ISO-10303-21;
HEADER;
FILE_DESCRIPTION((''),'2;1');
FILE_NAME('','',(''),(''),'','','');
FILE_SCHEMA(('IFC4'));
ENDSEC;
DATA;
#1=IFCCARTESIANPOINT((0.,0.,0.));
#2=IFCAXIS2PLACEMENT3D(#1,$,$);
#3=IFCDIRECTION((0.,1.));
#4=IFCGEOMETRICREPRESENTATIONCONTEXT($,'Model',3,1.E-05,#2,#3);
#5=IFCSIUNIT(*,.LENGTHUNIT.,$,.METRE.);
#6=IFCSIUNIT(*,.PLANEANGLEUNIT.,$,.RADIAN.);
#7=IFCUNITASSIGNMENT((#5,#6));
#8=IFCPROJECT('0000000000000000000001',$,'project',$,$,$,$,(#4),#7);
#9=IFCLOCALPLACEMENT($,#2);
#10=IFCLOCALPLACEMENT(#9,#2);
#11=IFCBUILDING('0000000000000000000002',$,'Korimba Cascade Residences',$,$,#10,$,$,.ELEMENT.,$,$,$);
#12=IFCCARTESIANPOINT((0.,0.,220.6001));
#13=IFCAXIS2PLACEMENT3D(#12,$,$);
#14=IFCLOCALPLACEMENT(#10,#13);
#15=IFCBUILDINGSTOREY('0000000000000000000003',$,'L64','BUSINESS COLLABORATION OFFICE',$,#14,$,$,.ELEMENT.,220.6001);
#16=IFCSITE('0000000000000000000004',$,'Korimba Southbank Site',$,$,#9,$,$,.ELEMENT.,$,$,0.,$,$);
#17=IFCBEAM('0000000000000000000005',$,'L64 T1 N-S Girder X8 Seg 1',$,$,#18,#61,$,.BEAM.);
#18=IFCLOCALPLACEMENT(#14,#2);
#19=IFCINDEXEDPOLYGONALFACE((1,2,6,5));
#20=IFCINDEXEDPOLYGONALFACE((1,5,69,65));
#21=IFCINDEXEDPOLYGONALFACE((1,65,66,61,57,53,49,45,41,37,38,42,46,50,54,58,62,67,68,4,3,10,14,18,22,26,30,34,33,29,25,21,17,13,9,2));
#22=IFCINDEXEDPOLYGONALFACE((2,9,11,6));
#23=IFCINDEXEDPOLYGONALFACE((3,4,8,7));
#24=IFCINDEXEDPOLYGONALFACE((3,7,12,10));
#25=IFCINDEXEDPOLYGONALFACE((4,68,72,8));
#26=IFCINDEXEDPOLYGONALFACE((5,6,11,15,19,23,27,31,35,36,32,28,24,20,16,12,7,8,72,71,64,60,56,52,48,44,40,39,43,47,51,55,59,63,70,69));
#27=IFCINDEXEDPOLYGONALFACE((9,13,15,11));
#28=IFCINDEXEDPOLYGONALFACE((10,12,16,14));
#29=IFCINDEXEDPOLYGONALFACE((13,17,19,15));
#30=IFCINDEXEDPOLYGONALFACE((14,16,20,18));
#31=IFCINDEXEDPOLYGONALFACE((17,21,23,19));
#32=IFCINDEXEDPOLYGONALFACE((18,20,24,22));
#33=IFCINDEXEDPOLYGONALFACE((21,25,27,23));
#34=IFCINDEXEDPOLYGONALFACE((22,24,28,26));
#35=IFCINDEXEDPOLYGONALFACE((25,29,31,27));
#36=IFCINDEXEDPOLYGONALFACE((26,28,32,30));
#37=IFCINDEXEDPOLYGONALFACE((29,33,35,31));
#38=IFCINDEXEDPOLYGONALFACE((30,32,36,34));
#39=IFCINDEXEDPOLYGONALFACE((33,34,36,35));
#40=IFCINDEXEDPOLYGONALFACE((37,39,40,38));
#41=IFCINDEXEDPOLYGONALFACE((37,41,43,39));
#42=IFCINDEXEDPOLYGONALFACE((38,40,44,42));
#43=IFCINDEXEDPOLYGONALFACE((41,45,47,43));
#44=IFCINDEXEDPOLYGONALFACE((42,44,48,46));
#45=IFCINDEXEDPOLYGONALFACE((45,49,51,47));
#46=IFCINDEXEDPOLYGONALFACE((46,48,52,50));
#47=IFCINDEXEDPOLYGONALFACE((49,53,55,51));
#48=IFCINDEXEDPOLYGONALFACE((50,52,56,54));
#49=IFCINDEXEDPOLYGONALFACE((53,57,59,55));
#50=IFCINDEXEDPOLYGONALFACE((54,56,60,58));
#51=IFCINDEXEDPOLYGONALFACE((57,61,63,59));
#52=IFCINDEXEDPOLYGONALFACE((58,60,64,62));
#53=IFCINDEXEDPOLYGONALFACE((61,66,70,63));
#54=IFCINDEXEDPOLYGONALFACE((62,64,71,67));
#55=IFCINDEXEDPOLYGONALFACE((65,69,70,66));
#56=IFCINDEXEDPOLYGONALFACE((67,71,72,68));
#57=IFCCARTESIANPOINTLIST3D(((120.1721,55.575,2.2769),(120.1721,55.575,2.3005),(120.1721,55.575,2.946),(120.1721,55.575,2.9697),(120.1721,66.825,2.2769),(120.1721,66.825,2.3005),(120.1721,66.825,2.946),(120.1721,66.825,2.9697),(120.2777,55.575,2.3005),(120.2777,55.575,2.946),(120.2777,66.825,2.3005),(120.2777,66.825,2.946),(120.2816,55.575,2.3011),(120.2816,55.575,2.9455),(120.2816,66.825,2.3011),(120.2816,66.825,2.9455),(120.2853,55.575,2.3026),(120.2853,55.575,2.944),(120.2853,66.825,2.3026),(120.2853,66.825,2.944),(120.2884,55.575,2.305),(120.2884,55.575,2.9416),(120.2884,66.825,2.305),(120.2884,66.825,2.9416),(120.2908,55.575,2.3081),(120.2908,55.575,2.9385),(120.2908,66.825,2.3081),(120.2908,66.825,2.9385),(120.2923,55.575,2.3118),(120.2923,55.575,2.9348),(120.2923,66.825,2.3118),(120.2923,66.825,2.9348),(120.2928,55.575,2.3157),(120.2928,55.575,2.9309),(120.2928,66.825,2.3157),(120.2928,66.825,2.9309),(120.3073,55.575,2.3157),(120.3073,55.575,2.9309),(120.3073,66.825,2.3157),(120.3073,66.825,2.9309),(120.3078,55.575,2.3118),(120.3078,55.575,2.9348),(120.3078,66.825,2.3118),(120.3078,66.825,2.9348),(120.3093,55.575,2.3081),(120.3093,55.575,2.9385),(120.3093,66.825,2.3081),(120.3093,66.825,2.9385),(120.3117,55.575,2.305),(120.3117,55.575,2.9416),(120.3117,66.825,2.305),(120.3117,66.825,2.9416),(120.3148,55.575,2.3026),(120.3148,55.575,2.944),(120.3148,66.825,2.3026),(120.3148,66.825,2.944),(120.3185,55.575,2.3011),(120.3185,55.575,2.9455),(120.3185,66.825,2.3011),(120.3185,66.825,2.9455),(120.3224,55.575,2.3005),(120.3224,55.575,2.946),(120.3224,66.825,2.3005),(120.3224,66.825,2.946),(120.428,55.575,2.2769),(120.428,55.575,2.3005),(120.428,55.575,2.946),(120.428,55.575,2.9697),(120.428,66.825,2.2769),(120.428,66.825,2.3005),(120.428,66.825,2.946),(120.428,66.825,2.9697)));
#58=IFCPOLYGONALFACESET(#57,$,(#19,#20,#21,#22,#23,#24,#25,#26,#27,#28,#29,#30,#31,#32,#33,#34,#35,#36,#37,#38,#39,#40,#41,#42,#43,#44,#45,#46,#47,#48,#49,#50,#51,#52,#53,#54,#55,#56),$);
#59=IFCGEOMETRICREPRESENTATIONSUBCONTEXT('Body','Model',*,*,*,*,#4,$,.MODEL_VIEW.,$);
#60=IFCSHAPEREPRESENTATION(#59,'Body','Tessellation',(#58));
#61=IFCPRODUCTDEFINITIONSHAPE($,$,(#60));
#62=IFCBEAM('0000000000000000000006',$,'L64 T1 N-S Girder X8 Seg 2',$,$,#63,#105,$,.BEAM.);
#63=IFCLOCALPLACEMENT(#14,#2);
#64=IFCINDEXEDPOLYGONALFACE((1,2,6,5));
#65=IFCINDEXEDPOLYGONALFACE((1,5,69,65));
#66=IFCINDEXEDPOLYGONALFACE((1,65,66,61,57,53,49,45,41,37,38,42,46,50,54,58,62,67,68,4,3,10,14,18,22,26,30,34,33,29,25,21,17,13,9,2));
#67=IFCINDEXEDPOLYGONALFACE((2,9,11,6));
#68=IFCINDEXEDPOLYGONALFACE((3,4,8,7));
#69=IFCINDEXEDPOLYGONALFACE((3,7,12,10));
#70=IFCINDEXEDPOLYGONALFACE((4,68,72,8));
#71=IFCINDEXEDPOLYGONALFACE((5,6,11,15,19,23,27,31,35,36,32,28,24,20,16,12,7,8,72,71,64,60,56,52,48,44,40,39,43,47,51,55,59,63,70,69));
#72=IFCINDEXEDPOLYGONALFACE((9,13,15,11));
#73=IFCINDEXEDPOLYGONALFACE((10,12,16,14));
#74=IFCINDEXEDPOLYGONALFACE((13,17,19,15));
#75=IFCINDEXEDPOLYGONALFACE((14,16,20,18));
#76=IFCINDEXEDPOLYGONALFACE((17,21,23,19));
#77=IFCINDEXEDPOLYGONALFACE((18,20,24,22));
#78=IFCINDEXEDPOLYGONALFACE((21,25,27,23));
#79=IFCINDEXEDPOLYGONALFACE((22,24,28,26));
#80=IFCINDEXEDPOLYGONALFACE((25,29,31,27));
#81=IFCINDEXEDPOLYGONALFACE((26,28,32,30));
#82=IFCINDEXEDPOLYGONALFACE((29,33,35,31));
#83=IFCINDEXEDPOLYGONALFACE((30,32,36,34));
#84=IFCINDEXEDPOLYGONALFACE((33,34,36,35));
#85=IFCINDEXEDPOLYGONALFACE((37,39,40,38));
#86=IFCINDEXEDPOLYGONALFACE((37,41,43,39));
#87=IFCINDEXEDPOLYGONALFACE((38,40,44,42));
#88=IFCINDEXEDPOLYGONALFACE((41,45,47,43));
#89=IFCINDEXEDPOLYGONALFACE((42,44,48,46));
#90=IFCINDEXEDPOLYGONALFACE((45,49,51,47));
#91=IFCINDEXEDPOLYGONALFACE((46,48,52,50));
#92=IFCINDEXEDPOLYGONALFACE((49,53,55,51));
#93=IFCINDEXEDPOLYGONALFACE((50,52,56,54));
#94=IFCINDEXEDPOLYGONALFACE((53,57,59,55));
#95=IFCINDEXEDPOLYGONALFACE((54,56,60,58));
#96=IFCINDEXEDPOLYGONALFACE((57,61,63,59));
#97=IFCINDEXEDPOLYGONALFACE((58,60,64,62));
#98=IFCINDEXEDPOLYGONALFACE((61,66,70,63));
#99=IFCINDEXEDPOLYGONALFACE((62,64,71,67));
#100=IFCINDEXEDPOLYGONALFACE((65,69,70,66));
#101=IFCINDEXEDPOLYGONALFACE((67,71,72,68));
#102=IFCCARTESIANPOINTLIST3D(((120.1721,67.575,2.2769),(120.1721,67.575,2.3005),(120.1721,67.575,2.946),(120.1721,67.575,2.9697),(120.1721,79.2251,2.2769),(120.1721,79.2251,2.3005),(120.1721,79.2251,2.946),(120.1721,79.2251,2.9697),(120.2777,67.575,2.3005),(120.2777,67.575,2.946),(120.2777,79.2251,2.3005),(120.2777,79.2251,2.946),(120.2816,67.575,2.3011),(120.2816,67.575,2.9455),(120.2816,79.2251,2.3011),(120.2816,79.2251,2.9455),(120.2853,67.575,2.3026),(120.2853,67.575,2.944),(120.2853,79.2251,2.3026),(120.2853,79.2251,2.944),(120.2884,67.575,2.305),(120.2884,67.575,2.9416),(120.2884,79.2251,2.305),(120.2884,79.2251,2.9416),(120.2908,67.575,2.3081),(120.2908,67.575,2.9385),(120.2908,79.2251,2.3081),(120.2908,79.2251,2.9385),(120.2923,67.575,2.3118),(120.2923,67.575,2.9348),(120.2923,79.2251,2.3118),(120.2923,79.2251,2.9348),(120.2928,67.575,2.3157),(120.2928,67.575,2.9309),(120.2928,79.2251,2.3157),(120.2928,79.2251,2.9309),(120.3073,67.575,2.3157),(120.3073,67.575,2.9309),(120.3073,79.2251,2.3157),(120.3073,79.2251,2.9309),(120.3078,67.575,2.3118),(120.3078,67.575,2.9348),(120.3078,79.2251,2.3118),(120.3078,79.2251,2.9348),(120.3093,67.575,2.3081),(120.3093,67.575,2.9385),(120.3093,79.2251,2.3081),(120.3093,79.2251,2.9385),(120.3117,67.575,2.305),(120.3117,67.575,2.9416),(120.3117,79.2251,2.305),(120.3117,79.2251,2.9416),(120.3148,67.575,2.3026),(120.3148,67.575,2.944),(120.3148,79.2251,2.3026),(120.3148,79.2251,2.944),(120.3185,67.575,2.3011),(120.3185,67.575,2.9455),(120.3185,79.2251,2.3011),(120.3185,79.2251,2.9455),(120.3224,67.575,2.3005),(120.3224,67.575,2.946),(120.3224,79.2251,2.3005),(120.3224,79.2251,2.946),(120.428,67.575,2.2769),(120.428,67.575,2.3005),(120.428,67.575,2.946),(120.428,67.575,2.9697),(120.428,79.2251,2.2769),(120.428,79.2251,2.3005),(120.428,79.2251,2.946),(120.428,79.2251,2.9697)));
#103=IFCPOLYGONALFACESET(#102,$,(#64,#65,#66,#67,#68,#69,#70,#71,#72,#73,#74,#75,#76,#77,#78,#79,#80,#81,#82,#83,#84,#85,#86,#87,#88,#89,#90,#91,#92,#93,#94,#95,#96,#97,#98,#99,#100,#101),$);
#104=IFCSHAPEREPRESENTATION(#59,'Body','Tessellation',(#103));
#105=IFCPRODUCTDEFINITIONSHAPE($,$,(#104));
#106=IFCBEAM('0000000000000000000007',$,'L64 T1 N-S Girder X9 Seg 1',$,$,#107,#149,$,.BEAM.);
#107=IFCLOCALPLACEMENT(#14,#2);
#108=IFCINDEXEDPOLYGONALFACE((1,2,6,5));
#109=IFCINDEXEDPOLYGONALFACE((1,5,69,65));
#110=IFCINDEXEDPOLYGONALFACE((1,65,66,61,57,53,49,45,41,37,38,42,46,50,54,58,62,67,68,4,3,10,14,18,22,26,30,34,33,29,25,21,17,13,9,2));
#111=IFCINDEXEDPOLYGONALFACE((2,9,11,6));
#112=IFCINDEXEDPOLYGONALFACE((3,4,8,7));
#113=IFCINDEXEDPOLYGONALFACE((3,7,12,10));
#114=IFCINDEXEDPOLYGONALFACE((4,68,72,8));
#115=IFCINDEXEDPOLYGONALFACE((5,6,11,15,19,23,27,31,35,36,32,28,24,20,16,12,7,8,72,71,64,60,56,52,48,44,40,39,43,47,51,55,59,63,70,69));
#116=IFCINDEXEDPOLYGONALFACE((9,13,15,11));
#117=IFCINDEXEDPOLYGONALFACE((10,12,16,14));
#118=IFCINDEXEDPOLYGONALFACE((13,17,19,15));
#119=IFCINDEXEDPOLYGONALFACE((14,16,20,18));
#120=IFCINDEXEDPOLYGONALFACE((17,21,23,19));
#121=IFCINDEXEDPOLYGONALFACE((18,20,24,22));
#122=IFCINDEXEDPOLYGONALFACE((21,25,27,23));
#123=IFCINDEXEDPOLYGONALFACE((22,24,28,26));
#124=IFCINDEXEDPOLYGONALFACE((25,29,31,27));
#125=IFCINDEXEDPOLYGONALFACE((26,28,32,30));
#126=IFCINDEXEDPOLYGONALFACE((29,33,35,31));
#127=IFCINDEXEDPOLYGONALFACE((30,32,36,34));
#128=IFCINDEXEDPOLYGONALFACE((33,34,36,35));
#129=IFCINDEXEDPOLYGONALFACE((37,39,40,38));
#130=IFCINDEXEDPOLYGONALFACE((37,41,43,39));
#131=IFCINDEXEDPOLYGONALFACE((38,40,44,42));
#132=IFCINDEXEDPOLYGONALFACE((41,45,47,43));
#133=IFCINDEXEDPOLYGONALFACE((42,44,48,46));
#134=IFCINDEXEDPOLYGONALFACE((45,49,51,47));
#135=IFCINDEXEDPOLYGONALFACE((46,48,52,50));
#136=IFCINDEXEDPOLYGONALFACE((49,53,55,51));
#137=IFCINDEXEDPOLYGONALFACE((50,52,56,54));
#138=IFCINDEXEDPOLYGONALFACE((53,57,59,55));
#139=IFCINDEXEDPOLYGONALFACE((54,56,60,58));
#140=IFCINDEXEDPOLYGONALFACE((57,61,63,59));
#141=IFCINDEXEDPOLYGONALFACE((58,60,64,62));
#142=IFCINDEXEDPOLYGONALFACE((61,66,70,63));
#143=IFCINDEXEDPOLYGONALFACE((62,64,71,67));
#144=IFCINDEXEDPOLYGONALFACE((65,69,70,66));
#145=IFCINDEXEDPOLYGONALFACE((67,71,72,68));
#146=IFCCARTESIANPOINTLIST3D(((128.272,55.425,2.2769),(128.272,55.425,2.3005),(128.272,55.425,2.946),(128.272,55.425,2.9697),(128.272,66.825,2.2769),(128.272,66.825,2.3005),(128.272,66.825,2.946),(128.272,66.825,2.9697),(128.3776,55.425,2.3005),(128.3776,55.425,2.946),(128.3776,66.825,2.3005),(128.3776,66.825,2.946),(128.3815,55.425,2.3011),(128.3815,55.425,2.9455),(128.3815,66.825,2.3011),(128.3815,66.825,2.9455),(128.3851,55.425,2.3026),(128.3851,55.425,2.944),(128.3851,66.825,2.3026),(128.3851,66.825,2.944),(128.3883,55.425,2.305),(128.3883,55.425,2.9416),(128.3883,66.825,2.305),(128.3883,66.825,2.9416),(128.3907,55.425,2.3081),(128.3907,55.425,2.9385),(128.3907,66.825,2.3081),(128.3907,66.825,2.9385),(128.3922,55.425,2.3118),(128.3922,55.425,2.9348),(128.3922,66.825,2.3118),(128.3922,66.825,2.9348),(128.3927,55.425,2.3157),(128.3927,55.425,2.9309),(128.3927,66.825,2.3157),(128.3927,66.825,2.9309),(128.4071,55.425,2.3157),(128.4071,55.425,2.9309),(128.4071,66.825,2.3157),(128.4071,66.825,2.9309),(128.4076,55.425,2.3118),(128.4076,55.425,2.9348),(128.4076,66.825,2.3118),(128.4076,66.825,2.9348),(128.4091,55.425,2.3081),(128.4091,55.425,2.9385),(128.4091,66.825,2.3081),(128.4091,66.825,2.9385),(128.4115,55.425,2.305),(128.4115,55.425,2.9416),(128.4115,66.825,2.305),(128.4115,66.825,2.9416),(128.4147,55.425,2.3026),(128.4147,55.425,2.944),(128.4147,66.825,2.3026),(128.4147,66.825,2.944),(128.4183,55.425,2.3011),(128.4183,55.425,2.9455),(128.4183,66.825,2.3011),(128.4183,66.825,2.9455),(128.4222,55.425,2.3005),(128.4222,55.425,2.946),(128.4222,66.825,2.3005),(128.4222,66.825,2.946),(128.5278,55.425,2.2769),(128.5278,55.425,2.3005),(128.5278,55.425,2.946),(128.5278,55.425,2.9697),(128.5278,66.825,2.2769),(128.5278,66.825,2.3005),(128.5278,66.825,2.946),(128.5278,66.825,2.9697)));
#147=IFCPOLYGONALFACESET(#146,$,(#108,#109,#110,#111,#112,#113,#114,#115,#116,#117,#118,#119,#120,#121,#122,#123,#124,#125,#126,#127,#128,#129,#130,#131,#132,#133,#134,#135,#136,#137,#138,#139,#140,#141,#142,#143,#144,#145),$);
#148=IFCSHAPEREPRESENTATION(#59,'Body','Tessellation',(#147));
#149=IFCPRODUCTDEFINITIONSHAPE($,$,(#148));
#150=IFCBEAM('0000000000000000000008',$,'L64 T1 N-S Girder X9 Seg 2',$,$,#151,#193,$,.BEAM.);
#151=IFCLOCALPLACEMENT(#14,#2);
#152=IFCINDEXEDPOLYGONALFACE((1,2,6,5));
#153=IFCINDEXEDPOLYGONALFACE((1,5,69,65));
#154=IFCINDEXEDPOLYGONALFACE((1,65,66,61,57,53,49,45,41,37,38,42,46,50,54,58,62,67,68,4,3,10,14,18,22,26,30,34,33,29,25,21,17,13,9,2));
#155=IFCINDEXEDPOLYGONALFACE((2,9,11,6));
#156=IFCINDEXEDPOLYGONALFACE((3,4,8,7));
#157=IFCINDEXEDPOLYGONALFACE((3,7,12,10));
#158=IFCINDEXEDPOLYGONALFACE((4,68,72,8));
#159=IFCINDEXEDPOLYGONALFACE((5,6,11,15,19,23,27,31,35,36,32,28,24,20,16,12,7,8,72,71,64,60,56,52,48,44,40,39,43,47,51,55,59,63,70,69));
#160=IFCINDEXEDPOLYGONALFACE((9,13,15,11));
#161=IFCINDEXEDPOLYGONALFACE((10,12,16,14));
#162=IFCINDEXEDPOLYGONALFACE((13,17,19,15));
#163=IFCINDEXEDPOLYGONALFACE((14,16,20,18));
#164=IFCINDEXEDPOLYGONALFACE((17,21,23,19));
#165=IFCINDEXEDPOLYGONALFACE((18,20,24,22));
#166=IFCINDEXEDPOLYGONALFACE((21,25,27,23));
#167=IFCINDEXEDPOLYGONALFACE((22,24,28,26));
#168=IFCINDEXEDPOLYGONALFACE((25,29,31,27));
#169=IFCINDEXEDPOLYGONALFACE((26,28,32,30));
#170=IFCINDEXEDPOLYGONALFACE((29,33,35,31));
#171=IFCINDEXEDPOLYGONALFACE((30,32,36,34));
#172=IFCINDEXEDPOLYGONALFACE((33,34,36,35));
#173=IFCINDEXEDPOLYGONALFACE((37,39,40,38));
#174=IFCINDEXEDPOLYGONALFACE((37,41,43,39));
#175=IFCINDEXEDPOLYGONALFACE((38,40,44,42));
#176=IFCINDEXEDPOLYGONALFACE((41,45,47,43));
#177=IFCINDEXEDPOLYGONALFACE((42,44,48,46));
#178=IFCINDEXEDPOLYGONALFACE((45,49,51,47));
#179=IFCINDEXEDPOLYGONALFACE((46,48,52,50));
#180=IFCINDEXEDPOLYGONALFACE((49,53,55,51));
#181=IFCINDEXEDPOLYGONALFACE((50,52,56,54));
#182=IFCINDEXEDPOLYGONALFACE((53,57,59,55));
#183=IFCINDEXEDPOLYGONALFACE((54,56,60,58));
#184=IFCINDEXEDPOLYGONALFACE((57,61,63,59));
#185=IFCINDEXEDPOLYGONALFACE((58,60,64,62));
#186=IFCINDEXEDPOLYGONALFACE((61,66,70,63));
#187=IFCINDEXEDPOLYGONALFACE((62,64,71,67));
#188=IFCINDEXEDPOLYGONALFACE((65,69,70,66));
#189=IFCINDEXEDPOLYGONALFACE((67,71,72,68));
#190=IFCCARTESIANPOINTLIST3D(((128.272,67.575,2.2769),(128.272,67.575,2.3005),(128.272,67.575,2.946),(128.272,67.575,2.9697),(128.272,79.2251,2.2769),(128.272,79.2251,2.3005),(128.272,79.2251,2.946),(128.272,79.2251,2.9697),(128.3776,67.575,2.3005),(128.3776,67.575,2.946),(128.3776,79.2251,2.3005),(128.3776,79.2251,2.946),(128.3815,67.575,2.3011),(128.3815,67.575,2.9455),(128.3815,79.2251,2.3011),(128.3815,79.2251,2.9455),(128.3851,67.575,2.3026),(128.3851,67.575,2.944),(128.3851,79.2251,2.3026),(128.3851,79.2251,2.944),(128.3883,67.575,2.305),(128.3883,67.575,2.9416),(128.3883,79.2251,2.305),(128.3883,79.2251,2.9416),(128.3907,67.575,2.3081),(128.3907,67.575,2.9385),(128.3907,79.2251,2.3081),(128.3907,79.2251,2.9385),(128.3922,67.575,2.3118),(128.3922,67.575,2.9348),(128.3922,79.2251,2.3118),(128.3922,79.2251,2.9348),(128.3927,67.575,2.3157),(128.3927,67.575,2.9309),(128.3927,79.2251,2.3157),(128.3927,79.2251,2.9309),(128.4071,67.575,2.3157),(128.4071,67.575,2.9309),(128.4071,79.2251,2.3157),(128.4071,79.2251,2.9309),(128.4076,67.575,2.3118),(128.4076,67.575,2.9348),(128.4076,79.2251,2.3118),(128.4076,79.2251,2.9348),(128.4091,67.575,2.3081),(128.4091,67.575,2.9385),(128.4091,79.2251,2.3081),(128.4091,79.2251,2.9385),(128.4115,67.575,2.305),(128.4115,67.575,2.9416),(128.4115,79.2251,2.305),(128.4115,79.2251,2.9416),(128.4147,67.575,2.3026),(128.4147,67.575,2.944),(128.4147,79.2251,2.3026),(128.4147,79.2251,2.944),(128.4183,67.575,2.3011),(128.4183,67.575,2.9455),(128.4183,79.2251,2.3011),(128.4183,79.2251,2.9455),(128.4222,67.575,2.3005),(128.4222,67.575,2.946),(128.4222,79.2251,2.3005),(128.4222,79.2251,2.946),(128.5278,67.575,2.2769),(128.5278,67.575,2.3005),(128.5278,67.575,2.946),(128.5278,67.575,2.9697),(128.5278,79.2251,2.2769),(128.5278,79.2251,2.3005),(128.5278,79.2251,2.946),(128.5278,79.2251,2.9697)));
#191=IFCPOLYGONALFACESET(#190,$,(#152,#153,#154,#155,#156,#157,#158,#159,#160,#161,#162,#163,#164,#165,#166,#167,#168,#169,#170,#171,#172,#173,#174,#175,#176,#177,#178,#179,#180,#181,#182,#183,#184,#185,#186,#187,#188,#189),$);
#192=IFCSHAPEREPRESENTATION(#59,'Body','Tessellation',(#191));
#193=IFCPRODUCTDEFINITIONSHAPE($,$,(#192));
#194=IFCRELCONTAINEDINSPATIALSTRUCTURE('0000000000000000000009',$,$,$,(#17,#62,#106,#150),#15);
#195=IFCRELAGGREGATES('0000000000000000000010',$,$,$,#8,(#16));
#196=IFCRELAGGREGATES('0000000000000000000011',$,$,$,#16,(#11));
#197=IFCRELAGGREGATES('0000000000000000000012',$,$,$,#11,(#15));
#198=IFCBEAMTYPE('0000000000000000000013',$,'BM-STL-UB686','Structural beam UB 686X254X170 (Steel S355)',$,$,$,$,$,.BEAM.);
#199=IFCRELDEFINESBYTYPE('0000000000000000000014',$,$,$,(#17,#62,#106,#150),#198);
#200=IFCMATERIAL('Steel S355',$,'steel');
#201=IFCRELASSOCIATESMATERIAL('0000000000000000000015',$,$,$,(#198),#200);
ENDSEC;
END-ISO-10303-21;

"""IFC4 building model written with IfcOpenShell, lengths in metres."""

from ifc_helpers import new_model, si_unit, direction, frame, origin, origin_2d, place, context, subcontext, project, spatial, i_section, extrude, material, material_profile, profile_set, type_object, element, save


model = new_model("IFC4")

# Units and contexts
model_context = context("Model", 3, precision=1e-05, world=origin(), true_north=direction((0.0, 1.0)))
body_context = subcontext(model_context, "Body", "Model", "MODEL_VIEW")
ifc_project = project(units=[si_unit("LENGTHUNIT", "METRE"), si_unit("PLANEANGLEUNIT", "RADIAN")], contexts=[model_context])

# Site, building, storey
site_placement = place(None, origin())
site = spatial("IfcSite", under=ifc_project, at=site_placement, Name="Korimba Southbank Site", CompositionType="ELEMENT", RefElevation=0.0)
building_placement = place(site_placement, origin())
building = spatial("IfcBuilding", under=site, at=building_placement, Name="Korimba Cascade Residences", CompositionType="ELEMENT")
storey_placement = place(building_placement, frame((0.0, 0.0, 220.6001)))
storey = spatial("IfcBuildingStorey", under=building, at=storey_placement, Name="L64", Description="BUSINESS COLLABORATION OFFICE", CompositionType="ELEMENT", Elevation=220.6001)

# Beams
ifc_material_1 = material(Name="Steel S355", Category="steel")
ifc_material_profile_1 = material_profile(ifc_material_1, i_section(OverallWidth=0.2559, OverallDepth=0.6929, WebThickness=0.0144, FlangeThickness=0.0237, FilletRadius=0.0151, at=origin_2d()), Name="Steel S355")
ifc_profile_set_1 = profile_set([ifc_material_profile_1], Name="Steel S355")
beam_type_1 = type_object("IfcBeamType", Name="BM-STL-UB686", Description="Structural beam UB 686X254X170 (Steel S355)", PredefinedType="BEAM", material=ifc_profile_set_1)
beam_1_placement = place(storey_placement, frame((120.3, 55.575, 2.6233), z_axis=(0.0, 1.0, 0.0), x_axis=(-1.0, 0.0, 0.0)))
element("IfcBeam", 1, at=beam_1_placement, inside=storey, type_object=beam_type_1, Name="L64 T1 N-S Girder X8 Seg 1", PredefinedType="BEAM", context=body_context, shape_type="SweptSolid", body=[
    extrude(i_section(OverallWidth=0.2559, OverallDepth=0.6929, WebThickness=0.0144, FlangeThickness=0.0237, FilletRadius=0.0151, at=origin_2d()), origin(), (0.0, 0.0, 1.0), 11.25),
])
beam_2_placement = place(storey_placement, frame((120.3, 67.575, 2.6233), z_axis=(0.0, 1.0, 0.0), x_axis=(-1.0, 0.0, 0.0)))
element("IfcBeam", 2, at=beam_2_placement, inside=storey, type_object=beam_type_1, Name="L64 T1 N-S Girder X8 Seg 2", PredefinedType="BEAM", context=body_context, shape_type="SweptSolid", body=[
    extrude(i_section(OverallWidth=0.2559, OverallDepth=0.6929, WebThickness=0.0144, FlangeThickness=0.0237, FilletRadius=0.0151, at=origin_2d()), origin(), (0.0, 0.0, 1.0), 11.6501),
])
beam_3_placement = place(storey_placement, frame((128.3999, 55.425, 2.6233), z_axis=(0.0, 1.0, 0.0), x_axis=(-1.0, 0.0, 0.0)))
element("IfcBeam", 3, at=beam_3_placement, inside=storey, type_object=beam_type_1, Name="L64 T1 N-S Girder X9 Seg 1", PredefinedType="BEAM", context=body_context, shape_type="SweptSolid", body=[
    extrude(i_section(OverallWidth=0.2559, OverallDepth=0.6929, WebThickness=0.0144, FlangeThickness=0.0237, FilletRadius=0.0151, at=origin_2d()), origin(), (0.0, 0.0, 1.0), 11.3999),
])
beam_4_placement = place(storey_placement, frame((128.3999, 67.575, 2.6233), z_axis=(0.0, 1.0, 0.0), x_axis=(-1.0, 0.0, 0.0)))
element("IfcBeam", 4, at=beam_4_placement, inside=storey, type_object=beam_type_1, Name="L64 T1 N-S Girder X9 Seg 2", PredefinedType="BEAM", context=body_context, shape_type="SweptSolid", body=[
    extrude(i_section(OverallWidth=0.2559, OverallDepth=0.6929, WebThickness=0.0144, FlangeThickness=0.0237, FilletRadius=0.0151, at=origin_2d()), origin(), (0.0, 0.0, 1.0), 11.6501),
])

save(model, "model.ifc")
